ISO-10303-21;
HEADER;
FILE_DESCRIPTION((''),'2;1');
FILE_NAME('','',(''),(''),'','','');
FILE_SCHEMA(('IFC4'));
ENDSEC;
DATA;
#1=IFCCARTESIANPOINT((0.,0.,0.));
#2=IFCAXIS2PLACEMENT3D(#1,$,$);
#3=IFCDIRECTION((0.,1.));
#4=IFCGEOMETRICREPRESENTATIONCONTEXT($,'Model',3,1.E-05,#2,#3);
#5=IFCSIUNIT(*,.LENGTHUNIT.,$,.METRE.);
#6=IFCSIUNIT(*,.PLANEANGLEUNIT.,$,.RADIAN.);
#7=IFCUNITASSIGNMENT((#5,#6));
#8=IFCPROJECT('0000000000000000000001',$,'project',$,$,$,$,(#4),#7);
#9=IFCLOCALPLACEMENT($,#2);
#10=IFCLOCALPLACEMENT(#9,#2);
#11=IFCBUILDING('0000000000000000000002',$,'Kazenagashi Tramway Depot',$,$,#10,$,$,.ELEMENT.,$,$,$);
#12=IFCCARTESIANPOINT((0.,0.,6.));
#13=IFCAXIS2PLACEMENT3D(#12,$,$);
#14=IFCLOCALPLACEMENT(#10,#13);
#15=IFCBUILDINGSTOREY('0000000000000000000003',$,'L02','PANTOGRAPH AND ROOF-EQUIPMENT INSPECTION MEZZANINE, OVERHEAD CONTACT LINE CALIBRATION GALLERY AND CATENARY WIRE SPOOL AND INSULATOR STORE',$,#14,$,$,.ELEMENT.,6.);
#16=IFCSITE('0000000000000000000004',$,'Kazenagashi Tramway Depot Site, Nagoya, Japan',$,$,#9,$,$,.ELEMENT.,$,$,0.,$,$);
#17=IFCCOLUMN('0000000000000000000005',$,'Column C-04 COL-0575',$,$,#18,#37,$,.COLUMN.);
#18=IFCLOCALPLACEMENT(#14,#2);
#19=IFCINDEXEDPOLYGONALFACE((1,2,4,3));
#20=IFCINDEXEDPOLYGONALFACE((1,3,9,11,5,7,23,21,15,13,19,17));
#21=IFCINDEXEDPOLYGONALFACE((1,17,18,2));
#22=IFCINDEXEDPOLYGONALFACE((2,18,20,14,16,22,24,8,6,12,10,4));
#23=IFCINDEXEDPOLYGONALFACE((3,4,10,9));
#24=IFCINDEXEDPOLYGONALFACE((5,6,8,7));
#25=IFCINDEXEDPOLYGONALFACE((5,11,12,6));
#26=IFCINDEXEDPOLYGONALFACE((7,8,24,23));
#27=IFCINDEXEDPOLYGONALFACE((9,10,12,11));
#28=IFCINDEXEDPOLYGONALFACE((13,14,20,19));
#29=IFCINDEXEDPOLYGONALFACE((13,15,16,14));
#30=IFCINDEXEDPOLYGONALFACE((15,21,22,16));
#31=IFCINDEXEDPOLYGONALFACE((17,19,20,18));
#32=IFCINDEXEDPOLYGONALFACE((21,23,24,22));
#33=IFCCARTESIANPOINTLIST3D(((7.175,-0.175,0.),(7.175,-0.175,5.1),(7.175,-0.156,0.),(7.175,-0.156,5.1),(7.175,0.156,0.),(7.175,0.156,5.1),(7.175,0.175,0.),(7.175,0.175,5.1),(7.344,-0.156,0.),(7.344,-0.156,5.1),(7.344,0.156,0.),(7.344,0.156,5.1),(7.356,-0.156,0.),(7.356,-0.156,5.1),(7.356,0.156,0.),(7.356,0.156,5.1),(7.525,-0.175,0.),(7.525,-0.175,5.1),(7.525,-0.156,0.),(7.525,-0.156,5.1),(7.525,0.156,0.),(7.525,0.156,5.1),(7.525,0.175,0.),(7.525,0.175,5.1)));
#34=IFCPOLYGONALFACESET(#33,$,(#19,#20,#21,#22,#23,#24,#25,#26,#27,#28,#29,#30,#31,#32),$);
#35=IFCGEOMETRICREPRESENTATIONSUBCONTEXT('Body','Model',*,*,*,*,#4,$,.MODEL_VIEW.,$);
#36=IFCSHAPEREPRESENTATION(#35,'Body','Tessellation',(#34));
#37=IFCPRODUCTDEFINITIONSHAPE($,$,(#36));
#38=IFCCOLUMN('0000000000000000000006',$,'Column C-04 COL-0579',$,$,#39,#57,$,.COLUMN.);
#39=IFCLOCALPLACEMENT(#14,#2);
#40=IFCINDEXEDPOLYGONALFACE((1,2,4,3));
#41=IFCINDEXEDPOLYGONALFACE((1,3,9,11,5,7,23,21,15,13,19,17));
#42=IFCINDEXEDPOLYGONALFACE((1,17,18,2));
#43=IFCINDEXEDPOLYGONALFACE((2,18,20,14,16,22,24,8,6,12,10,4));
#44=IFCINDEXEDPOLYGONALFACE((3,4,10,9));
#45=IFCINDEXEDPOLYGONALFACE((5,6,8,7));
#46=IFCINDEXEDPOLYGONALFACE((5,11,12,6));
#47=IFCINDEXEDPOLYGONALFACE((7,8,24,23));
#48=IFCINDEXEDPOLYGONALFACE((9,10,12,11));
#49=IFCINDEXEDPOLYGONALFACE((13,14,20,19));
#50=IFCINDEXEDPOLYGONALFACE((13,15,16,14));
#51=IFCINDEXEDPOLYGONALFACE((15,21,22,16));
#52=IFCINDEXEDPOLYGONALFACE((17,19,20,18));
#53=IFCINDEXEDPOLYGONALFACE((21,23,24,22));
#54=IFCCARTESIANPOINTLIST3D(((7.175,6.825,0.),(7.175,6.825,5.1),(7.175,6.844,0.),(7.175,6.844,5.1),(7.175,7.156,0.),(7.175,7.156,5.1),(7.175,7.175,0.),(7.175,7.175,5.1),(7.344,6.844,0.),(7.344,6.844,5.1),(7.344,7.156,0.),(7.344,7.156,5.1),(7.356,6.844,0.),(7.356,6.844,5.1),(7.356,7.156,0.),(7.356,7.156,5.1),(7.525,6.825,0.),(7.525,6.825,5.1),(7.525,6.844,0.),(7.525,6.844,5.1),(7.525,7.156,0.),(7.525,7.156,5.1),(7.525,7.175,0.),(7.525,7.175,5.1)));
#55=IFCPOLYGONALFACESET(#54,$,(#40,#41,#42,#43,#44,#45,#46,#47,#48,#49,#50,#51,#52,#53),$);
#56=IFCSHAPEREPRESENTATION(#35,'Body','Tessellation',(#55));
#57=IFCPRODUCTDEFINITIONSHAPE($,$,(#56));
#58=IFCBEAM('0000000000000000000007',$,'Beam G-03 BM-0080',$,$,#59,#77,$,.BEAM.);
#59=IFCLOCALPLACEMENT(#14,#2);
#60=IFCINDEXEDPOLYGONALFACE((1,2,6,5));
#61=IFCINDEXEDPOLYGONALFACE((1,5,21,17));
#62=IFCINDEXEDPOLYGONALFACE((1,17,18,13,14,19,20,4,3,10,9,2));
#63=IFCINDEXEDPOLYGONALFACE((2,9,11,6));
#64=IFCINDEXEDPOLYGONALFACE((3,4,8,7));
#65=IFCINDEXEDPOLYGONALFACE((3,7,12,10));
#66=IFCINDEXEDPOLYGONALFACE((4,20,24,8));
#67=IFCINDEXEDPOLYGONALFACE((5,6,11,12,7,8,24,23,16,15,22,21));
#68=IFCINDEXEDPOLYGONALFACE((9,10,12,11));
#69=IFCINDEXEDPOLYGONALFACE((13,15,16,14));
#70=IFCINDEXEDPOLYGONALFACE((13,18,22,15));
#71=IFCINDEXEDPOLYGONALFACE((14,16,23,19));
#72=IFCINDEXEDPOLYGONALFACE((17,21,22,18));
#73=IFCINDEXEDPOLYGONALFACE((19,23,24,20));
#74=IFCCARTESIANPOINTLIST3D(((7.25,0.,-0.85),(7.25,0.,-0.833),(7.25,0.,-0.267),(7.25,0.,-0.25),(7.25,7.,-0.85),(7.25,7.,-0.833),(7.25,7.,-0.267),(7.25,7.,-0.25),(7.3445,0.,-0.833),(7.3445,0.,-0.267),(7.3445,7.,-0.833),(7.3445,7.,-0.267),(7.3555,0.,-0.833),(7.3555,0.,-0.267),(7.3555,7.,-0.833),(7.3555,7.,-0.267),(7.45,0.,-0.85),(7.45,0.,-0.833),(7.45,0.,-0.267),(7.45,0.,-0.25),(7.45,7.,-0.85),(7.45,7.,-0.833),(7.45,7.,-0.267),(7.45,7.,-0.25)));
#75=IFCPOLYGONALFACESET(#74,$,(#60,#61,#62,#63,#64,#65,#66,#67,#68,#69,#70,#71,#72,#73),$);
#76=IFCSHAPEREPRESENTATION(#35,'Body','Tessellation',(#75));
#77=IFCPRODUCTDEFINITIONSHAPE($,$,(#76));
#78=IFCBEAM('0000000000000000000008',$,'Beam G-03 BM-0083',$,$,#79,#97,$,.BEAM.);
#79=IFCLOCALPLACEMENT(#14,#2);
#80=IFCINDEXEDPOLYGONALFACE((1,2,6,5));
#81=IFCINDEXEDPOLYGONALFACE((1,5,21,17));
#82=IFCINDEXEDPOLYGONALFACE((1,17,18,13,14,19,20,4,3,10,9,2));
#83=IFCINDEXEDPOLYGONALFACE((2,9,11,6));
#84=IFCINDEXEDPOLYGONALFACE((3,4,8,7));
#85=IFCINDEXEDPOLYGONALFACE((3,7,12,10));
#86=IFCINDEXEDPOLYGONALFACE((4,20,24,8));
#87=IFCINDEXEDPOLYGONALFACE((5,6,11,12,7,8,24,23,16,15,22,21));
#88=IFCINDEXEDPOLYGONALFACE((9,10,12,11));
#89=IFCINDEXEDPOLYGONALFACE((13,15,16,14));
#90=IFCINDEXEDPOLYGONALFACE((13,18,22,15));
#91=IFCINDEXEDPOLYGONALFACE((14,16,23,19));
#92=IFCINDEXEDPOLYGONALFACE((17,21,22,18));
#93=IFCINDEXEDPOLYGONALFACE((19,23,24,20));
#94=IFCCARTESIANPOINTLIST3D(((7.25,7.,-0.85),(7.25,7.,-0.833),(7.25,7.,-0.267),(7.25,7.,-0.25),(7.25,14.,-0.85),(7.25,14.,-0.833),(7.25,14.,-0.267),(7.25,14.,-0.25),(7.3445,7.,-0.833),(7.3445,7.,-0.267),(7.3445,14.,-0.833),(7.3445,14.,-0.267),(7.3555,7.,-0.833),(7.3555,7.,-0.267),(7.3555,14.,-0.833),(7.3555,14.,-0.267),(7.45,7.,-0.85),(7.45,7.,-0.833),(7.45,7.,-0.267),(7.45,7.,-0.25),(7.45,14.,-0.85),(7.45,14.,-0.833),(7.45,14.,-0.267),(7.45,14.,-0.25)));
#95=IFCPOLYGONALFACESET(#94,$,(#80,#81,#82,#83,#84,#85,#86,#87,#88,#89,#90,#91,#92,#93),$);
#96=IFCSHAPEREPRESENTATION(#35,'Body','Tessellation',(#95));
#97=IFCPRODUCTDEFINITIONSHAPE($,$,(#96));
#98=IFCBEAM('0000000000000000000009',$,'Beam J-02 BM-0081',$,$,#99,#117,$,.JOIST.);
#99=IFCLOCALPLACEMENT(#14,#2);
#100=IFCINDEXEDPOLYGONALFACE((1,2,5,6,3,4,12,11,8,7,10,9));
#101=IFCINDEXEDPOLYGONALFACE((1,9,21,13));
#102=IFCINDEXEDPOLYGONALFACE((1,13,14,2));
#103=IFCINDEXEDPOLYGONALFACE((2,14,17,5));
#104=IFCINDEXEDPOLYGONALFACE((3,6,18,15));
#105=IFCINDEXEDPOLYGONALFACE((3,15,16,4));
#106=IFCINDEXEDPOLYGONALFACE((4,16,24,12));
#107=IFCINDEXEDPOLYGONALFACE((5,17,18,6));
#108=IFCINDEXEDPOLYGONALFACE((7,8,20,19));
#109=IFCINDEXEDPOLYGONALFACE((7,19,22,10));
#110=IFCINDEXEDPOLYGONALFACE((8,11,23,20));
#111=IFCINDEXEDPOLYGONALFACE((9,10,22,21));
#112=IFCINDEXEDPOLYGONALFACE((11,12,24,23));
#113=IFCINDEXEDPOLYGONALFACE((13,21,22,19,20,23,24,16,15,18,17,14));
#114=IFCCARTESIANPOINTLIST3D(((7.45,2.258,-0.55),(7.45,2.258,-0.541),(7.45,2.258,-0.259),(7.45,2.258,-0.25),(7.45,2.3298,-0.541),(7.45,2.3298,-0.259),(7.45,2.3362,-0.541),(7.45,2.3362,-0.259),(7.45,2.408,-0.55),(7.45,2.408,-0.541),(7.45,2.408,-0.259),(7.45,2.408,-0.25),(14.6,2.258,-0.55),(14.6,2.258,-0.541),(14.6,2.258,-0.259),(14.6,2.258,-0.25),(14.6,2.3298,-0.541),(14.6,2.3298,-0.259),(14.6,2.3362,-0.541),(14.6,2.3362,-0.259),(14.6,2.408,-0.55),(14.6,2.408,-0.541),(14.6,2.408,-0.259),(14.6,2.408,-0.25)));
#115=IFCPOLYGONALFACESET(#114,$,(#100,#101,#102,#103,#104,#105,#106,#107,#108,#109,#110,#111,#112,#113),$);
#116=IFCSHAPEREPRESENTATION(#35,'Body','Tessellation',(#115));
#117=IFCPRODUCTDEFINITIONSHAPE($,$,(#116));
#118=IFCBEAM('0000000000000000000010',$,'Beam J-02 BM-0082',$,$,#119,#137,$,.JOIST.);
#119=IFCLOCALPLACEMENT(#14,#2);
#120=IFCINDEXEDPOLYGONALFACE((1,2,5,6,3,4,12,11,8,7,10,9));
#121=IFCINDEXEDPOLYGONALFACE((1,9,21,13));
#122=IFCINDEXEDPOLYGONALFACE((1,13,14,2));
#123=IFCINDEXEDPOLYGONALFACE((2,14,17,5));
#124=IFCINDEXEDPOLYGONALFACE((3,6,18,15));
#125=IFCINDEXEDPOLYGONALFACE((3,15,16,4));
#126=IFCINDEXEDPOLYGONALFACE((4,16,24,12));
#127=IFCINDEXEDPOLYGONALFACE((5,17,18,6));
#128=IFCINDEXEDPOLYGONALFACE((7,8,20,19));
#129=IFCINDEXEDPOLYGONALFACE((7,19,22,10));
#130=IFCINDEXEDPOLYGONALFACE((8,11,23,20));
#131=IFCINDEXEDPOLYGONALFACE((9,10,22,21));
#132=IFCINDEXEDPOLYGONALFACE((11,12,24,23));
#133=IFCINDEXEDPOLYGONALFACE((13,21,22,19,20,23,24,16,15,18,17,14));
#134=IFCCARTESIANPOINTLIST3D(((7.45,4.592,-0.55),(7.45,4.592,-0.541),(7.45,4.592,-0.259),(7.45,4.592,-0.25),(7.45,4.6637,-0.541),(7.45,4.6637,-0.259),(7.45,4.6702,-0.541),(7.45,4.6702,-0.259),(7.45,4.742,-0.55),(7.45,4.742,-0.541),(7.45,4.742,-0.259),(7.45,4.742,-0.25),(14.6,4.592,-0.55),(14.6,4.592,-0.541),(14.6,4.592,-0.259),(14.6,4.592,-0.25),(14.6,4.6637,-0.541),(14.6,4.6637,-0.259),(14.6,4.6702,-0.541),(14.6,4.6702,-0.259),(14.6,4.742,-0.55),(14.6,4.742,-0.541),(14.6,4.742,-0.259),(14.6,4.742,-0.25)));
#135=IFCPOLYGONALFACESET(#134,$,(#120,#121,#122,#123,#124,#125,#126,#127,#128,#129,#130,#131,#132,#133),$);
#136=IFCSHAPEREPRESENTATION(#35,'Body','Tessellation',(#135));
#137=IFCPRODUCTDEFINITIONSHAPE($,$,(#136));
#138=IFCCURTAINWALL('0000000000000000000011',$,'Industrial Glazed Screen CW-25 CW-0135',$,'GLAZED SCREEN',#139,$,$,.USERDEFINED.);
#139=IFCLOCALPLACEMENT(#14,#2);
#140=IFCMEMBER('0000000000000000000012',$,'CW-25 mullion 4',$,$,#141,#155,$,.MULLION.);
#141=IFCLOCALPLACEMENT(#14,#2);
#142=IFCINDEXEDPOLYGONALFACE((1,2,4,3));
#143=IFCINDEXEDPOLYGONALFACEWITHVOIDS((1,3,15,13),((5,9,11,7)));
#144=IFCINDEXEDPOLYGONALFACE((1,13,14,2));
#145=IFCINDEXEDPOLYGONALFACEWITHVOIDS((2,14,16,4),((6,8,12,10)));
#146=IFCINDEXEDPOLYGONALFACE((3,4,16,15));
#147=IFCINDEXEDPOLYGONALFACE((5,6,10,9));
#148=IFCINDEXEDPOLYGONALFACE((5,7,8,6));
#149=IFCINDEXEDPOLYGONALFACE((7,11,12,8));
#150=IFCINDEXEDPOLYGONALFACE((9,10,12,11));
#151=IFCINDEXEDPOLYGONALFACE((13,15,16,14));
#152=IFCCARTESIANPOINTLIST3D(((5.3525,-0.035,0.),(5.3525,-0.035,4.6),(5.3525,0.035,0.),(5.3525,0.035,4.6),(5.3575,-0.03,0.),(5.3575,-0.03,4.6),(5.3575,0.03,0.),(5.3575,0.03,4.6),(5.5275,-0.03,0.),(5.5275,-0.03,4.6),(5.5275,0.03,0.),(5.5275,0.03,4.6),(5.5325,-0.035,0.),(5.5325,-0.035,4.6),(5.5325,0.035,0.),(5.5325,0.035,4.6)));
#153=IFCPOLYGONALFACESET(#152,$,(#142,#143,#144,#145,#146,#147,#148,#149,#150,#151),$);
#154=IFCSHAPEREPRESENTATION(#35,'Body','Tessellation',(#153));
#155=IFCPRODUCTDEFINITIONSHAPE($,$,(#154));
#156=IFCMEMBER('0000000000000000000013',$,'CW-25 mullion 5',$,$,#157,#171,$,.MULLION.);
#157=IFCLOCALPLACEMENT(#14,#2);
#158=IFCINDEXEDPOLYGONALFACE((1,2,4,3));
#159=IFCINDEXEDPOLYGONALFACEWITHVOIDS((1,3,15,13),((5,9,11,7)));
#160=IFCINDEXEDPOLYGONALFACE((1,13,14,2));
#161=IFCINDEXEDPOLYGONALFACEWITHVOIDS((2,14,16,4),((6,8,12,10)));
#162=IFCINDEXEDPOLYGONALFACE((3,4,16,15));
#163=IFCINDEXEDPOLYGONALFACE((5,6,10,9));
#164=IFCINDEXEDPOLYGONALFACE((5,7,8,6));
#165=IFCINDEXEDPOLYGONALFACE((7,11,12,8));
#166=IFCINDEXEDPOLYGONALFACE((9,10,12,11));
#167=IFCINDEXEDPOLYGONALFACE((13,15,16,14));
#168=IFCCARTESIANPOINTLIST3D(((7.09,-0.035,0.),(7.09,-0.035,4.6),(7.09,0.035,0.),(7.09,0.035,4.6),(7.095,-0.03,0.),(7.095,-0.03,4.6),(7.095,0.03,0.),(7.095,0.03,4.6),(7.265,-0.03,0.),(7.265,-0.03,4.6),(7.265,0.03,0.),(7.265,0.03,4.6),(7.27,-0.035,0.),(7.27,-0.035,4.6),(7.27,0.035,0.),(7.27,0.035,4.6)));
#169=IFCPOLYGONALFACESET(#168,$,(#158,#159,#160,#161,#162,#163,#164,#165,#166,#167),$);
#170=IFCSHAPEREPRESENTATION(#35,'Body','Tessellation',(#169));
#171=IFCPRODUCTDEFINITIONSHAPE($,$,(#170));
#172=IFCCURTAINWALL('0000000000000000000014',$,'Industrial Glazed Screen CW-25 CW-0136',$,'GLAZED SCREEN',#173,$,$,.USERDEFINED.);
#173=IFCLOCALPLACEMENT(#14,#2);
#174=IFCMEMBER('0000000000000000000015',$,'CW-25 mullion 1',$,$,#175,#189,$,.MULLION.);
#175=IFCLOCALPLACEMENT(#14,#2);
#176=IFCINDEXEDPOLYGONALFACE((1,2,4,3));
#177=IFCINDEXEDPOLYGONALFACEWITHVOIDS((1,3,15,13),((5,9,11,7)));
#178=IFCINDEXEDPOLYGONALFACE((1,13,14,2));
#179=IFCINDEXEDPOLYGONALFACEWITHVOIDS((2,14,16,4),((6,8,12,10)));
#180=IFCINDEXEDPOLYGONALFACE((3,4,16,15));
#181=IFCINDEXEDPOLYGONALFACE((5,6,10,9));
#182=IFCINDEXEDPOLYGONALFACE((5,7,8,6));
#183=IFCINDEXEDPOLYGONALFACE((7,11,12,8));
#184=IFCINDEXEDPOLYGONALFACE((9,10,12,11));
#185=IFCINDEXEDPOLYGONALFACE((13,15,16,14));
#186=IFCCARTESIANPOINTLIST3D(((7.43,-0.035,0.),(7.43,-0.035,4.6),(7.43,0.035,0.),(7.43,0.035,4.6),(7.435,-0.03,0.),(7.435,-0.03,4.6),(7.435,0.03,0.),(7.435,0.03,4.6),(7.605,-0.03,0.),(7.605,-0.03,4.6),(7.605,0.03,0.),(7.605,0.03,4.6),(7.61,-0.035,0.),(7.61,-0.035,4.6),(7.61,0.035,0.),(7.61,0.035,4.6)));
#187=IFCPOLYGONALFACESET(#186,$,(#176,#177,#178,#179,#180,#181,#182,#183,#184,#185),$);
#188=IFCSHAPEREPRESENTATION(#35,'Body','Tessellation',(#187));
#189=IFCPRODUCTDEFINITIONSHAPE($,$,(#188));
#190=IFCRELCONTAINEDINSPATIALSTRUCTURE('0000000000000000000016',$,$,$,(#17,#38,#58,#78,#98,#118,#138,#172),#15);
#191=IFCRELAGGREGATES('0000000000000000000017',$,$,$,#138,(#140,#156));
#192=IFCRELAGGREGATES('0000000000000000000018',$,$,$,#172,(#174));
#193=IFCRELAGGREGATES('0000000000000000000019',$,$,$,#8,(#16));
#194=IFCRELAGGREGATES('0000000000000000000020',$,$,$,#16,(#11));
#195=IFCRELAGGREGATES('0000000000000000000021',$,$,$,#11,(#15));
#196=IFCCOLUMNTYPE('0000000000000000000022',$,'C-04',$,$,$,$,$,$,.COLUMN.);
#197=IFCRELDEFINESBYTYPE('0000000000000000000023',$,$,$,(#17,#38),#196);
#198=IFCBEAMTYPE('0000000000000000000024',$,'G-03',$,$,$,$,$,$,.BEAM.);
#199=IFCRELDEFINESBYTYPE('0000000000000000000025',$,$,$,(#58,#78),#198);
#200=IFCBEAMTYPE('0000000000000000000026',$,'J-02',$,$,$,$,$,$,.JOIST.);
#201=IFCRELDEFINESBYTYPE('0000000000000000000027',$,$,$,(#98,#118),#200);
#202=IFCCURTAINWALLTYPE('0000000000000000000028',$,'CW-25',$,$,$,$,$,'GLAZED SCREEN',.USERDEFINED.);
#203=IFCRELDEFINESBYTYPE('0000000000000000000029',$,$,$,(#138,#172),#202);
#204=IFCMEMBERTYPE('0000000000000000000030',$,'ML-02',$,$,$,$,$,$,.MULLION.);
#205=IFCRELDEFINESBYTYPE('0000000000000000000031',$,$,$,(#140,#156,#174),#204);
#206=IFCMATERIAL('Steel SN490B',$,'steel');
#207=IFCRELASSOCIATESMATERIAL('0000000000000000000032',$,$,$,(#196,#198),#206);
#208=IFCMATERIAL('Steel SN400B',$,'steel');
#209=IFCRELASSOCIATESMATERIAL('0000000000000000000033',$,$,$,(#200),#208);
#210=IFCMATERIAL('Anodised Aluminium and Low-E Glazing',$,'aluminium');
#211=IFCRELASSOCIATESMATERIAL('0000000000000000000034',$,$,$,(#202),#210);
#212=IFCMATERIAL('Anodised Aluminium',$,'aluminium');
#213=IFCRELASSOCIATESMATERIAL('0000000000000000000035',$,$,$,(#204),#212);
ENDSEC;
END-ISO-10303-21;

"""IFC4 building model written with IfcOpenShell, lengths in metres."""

from ifc_helpers import new_model, si_unit, direction, frame, origin, origin_2d, place, context, subcontext, project, spatial, hollow_rectangle, i_section, extrude, material, material_profile, profile_set, type_object, element, aggregate, save


model = new_model("IFC4")

# Units and contexts
model_context = context("Model", 3, precision=1e-05, world=origin(), true_north=direction((0.0, 1.0)))
body_context = subcontext(model_context, "Body", "Model", "MODEL_VIEW")
ifc_project = project(units=[si_unit("LENGTHUNIT", "METRE"), si_unit("PLANEANGLEUNIT", "RADIAN")], contexts=[model_context])

# Site, building, storey
site_placement = place(None, origin())
site = spatial("IfcSite", under=ifc_project, at=site_placement, Name="Kazenagashi Tramway Depot Site, Nagoya, Japan", CompositionType="ELEMENT", RefElevation=0.0)
building_placement = place(site_placement, origin())
building = spatial("IfcBuilding", under=site, at=building_placement, Name="Kazenagashi Tramway Depot", CompositionType="ELEMENT")
storey_placement = place(building_placement, frame((0.0, 0.0, 6.0)))
storey = spatial("IfcBuildingStorey", under=building, at=storey_placement, Name="L02", Description="PANTOGRAPH AND ROOF-EQUIPMENT INSPECTION MEZZANINE, OVERHEAD CONTACT LINE CALIBRATION GALLERY AND CATENARY WIRE SPOOL AND INSULATOR STORE", CompositionType="ELEMENT", Elevation=6.0)

# Columns
ifc_material_1 = material(Name="Steel SN490B", Category="steel")
ifc_material_profile_1 = material_profile(ifc_material_1, i_section(OverallWidth=0.35, OverallDepth=0.35, WebThickness=0.012, FlangeThickness=0.019, at=origin_2d()), Name="H-350x350x12x19")
ifc_profile_set_1 = profile_set([ifc_material_profile_1], Name="Steel SN490B")
column_type = type_object("IfcColumnType", Name="C-04", PredefinedType="COLUMN", material=ifc_profile_set_1)
for number, where, z_axis, x_axis, name in (
    (1, (7.35, 0.0, 0.0), (0.0, 0.0, 1.0), (1.0, 0.0, 0.0), "Column C-04 COL-0575"),
    (2, (7.35, 7.0, 0.0), (0.0, 0.0, 1.0), (1.0, 0.0, 0.0), "Column C-04 COL-0579"),
):
    element("IfcColumn", number, at=place(storey_placement, frame(where, z_axis=z_axis, x_axis=x_axis)), inside=storey, type_object=column_type, Name=name, PredefinedType="COLUMN", context=body_context, shape_type="SweptSolid", body=[
        extrude(i_section(OverallWidth=0.35, OverallDepth=0.35, WebThickness=0.012, FlangeThickness=0.019, at=origin_2d()), origin(), (0.0, 0.0, 1.0), 5.1),
    ])

# Beams
ifc_material_profile_2 = material_profile(ifc_material_1, i_section(OverallWidth=0.2, OverallDepth=0.6, WebThickness=0.011, FlangeThickness=0.017, at=origin_2d()), Name="H-600x200x11x17")
ifc_profile_set_2 = profile_set([ifc_material_profile_2], Name="Steel SN490B")
beam_type_1 = type_object("IfcBeamType", Name="G-03", PredefinedType="BEAM", material=ifc_profile_set_2)
for number, where, z_axis, x_axis, name in (
    (3, (7.35, 0.0, -0.55), (0.0, 1.0, 0.0), (-1.0, 0.0, 0.0), "Beam G-03 BM-0080"),
    (4, (7.35, 7.0, -0.55), (0.0, 1.0, 0.0), (-1.0, 0.0, 0.0), "Beam G-03 BM-0083"),
):
    element("IfcBeam", number, at=place(storey_placement, frame(where, z_axis=z_axis, x_axis=x_axis)), inside=storey, type_object=beam_type_1, Name=name, PredefinedType="BEAM", context=body_context, shape_type="SweptSolid", body=[
        extrude(i_section(OverallWidth=0.2, OverallDepth=0.6, WebThickness=0.011, FlangeThickness=0.017, at=origin_2d()), origin(), (0.0, 0.0, 1.0), 7.0),
    ])
ifc_material_2 = material(Name="Steel SN400B", Category="steel")
ifc_material_profile_3 = material_profile(ifc_material_2, i_section(OverallWidth=0.15, OverallDepth=0.3, WebThickness=0.0065, FlangeThickness=0.009, at=origin_2d()), Name="H-300x150x6.5x9")
ifc_profile_set_3 = profile_set([ifc_material_profile_3], Name="Steel SN400B")
beam_type_2 = type_object("IfcBeamType", Name="J-02", PredefinedType="JOIST", material=ifc_profile_set_3)
for number, where, z_axis, x_axis, name in (
    (5, (7.45, 2.333, -0.4), (1.0, 0.0, 0.0), (0.0, 1.0, 0.0), "Beam J-02 BM-0081"),
    (6, (7.45, 4.667, -0.4), (1.0, 0.0, 0.0), (0.0, 1.0, 0.0), "Beam J-02 BM-0082"),
):
    element("IfcBeam", number, at=place(storey_placement, frame(where, z_axis=z_axis, x_axis=x_axis)), inside=storey, type_object=beam_type_2, Name=name, PredefinedType="JOIST", context=body_context, shape_type="SweptSolid", body=[
        extrude(i_section(OverallWidth=0.15, OverallDepth=0.3, WebThickness=0.0065, FlangeThickness=0.009, at=origin_2d()), origin(), (0.0, 0.0, 1.0), 7.15),
    ])

# Curtain walls, members
ifc_material_3 = material(Name="Anodised Aluminium and Low-E Glazing", Category="aluminium")
curtain_wall_type = type_object("IfcCurtainWallType", Name="CW-25", ElementType="GLAZED SCREEN", PredefinedType="USERDEFINED", material=ifc_material_3)
curtain_wall_1_placement = place(storey_placement, origin())
curtain_wall_1 = element("IfcCurtainWall", 7, at=curtain_wall_1_placement, inside=storey, type_object=curtain_wall_type, Name="Industrial Glazed Screen CW-25 CW-0135", ObjectType="GLAZED SCREEN", PredefinedType="USERDEFINED")
ifc_material_4 = material(Name="Anodised Aluminium", Category="aluminium")
ifc_material_profile_4 = material_profile(ifc_material_4, hollow_rectangle(XDim=0.07, YDim=0.18, WallThickness=0.005, at=origin_2d()), Name="RHS-180x70x5")
ifc_profile_set_4 = profile_set([ifc_material_profile_4], Name="Anodised Aluminium")
member_type_1 = type_object("IfcMemberType", Name="ML-02", PredefinedType="MULLION", material=ifc_profile_set_4)
member_1_placement = place(storey_placement, frame((5.4425, 0.0, 0.0), z_axis=(0.0, 0.0, 1.0), x_axis=(0.0, 1.0, 0.0)))
member_1 = element("IfcMember", 8, at=member_1_placement, type_object=member_type_1, Name="CW-25 mullion 4", PredefinedType="MULLION", context=body_context, shape_type="SweptSolid", body=[
    extrude(hollow_rectangle(XDim=0.07, YDim=0.18, WallThickness=0.005, at=origin_2d()), origin(), (0.0, 0.0, 1.0), 4.6),
])
member_2_placement = place(storey_placement, frame((7.18, 0.0, 0.0), z_axis=(0.0, 0.0, 1.0), x_axis=(0.0, 1.0, 0.0)))
member_2 = element("IfcMember", 9, at=member_2_placement, type_object=member_type_1, Name="CW-25 mullion 5", PredefinedType="MULLION", context=body_context, shape_type="SweptSolid", body=[
    extrude(hollow_rectangle(XDim=0.07, YDim=0.18, WallThickness=0.005, at=origin_2d()), origin(), (0.0, 0.0, 1.0), 4.6),
])
curtain_wall_2_placement = place(storey_placement, origin())
curtain_wall_2 = element("IfcCurtainWall", 10, at=curtain_wall_2_placement, inside=storey, type_object=curtain_wall_type, Name="Industrial Glazed Screen CW-25 CW-0136", ObjectType="GLAZED SCREEN", PredefinedType="USERDEFINED")
member_3_placement = place(storey_placement, frame((7.52, 0.0, 0.0), z_axis=(0.0, 0.0, 1.0), x_axis=(0.0, 1.0, 0.0)))
member_3 = element("IfcMember", 11, at=member_3_placement, type_object=member_type_1, Name="CW-25 mullion 1", PredefinedType="MULLION", context=body_context, shape_type="SweptSolid", body=[
    extrude(hollow_rectangle(XDim=0.07, YDim=0.18, WallThickness=0.005, at=origin_2d()), origin(), (0.0, 0.0, 1.0), 4.6),
])

aggregate(curtain_wall_1, [member_1, member_2])
aggregate(curtain_wall_2, [member_3])

save(model, "model.ifc")
